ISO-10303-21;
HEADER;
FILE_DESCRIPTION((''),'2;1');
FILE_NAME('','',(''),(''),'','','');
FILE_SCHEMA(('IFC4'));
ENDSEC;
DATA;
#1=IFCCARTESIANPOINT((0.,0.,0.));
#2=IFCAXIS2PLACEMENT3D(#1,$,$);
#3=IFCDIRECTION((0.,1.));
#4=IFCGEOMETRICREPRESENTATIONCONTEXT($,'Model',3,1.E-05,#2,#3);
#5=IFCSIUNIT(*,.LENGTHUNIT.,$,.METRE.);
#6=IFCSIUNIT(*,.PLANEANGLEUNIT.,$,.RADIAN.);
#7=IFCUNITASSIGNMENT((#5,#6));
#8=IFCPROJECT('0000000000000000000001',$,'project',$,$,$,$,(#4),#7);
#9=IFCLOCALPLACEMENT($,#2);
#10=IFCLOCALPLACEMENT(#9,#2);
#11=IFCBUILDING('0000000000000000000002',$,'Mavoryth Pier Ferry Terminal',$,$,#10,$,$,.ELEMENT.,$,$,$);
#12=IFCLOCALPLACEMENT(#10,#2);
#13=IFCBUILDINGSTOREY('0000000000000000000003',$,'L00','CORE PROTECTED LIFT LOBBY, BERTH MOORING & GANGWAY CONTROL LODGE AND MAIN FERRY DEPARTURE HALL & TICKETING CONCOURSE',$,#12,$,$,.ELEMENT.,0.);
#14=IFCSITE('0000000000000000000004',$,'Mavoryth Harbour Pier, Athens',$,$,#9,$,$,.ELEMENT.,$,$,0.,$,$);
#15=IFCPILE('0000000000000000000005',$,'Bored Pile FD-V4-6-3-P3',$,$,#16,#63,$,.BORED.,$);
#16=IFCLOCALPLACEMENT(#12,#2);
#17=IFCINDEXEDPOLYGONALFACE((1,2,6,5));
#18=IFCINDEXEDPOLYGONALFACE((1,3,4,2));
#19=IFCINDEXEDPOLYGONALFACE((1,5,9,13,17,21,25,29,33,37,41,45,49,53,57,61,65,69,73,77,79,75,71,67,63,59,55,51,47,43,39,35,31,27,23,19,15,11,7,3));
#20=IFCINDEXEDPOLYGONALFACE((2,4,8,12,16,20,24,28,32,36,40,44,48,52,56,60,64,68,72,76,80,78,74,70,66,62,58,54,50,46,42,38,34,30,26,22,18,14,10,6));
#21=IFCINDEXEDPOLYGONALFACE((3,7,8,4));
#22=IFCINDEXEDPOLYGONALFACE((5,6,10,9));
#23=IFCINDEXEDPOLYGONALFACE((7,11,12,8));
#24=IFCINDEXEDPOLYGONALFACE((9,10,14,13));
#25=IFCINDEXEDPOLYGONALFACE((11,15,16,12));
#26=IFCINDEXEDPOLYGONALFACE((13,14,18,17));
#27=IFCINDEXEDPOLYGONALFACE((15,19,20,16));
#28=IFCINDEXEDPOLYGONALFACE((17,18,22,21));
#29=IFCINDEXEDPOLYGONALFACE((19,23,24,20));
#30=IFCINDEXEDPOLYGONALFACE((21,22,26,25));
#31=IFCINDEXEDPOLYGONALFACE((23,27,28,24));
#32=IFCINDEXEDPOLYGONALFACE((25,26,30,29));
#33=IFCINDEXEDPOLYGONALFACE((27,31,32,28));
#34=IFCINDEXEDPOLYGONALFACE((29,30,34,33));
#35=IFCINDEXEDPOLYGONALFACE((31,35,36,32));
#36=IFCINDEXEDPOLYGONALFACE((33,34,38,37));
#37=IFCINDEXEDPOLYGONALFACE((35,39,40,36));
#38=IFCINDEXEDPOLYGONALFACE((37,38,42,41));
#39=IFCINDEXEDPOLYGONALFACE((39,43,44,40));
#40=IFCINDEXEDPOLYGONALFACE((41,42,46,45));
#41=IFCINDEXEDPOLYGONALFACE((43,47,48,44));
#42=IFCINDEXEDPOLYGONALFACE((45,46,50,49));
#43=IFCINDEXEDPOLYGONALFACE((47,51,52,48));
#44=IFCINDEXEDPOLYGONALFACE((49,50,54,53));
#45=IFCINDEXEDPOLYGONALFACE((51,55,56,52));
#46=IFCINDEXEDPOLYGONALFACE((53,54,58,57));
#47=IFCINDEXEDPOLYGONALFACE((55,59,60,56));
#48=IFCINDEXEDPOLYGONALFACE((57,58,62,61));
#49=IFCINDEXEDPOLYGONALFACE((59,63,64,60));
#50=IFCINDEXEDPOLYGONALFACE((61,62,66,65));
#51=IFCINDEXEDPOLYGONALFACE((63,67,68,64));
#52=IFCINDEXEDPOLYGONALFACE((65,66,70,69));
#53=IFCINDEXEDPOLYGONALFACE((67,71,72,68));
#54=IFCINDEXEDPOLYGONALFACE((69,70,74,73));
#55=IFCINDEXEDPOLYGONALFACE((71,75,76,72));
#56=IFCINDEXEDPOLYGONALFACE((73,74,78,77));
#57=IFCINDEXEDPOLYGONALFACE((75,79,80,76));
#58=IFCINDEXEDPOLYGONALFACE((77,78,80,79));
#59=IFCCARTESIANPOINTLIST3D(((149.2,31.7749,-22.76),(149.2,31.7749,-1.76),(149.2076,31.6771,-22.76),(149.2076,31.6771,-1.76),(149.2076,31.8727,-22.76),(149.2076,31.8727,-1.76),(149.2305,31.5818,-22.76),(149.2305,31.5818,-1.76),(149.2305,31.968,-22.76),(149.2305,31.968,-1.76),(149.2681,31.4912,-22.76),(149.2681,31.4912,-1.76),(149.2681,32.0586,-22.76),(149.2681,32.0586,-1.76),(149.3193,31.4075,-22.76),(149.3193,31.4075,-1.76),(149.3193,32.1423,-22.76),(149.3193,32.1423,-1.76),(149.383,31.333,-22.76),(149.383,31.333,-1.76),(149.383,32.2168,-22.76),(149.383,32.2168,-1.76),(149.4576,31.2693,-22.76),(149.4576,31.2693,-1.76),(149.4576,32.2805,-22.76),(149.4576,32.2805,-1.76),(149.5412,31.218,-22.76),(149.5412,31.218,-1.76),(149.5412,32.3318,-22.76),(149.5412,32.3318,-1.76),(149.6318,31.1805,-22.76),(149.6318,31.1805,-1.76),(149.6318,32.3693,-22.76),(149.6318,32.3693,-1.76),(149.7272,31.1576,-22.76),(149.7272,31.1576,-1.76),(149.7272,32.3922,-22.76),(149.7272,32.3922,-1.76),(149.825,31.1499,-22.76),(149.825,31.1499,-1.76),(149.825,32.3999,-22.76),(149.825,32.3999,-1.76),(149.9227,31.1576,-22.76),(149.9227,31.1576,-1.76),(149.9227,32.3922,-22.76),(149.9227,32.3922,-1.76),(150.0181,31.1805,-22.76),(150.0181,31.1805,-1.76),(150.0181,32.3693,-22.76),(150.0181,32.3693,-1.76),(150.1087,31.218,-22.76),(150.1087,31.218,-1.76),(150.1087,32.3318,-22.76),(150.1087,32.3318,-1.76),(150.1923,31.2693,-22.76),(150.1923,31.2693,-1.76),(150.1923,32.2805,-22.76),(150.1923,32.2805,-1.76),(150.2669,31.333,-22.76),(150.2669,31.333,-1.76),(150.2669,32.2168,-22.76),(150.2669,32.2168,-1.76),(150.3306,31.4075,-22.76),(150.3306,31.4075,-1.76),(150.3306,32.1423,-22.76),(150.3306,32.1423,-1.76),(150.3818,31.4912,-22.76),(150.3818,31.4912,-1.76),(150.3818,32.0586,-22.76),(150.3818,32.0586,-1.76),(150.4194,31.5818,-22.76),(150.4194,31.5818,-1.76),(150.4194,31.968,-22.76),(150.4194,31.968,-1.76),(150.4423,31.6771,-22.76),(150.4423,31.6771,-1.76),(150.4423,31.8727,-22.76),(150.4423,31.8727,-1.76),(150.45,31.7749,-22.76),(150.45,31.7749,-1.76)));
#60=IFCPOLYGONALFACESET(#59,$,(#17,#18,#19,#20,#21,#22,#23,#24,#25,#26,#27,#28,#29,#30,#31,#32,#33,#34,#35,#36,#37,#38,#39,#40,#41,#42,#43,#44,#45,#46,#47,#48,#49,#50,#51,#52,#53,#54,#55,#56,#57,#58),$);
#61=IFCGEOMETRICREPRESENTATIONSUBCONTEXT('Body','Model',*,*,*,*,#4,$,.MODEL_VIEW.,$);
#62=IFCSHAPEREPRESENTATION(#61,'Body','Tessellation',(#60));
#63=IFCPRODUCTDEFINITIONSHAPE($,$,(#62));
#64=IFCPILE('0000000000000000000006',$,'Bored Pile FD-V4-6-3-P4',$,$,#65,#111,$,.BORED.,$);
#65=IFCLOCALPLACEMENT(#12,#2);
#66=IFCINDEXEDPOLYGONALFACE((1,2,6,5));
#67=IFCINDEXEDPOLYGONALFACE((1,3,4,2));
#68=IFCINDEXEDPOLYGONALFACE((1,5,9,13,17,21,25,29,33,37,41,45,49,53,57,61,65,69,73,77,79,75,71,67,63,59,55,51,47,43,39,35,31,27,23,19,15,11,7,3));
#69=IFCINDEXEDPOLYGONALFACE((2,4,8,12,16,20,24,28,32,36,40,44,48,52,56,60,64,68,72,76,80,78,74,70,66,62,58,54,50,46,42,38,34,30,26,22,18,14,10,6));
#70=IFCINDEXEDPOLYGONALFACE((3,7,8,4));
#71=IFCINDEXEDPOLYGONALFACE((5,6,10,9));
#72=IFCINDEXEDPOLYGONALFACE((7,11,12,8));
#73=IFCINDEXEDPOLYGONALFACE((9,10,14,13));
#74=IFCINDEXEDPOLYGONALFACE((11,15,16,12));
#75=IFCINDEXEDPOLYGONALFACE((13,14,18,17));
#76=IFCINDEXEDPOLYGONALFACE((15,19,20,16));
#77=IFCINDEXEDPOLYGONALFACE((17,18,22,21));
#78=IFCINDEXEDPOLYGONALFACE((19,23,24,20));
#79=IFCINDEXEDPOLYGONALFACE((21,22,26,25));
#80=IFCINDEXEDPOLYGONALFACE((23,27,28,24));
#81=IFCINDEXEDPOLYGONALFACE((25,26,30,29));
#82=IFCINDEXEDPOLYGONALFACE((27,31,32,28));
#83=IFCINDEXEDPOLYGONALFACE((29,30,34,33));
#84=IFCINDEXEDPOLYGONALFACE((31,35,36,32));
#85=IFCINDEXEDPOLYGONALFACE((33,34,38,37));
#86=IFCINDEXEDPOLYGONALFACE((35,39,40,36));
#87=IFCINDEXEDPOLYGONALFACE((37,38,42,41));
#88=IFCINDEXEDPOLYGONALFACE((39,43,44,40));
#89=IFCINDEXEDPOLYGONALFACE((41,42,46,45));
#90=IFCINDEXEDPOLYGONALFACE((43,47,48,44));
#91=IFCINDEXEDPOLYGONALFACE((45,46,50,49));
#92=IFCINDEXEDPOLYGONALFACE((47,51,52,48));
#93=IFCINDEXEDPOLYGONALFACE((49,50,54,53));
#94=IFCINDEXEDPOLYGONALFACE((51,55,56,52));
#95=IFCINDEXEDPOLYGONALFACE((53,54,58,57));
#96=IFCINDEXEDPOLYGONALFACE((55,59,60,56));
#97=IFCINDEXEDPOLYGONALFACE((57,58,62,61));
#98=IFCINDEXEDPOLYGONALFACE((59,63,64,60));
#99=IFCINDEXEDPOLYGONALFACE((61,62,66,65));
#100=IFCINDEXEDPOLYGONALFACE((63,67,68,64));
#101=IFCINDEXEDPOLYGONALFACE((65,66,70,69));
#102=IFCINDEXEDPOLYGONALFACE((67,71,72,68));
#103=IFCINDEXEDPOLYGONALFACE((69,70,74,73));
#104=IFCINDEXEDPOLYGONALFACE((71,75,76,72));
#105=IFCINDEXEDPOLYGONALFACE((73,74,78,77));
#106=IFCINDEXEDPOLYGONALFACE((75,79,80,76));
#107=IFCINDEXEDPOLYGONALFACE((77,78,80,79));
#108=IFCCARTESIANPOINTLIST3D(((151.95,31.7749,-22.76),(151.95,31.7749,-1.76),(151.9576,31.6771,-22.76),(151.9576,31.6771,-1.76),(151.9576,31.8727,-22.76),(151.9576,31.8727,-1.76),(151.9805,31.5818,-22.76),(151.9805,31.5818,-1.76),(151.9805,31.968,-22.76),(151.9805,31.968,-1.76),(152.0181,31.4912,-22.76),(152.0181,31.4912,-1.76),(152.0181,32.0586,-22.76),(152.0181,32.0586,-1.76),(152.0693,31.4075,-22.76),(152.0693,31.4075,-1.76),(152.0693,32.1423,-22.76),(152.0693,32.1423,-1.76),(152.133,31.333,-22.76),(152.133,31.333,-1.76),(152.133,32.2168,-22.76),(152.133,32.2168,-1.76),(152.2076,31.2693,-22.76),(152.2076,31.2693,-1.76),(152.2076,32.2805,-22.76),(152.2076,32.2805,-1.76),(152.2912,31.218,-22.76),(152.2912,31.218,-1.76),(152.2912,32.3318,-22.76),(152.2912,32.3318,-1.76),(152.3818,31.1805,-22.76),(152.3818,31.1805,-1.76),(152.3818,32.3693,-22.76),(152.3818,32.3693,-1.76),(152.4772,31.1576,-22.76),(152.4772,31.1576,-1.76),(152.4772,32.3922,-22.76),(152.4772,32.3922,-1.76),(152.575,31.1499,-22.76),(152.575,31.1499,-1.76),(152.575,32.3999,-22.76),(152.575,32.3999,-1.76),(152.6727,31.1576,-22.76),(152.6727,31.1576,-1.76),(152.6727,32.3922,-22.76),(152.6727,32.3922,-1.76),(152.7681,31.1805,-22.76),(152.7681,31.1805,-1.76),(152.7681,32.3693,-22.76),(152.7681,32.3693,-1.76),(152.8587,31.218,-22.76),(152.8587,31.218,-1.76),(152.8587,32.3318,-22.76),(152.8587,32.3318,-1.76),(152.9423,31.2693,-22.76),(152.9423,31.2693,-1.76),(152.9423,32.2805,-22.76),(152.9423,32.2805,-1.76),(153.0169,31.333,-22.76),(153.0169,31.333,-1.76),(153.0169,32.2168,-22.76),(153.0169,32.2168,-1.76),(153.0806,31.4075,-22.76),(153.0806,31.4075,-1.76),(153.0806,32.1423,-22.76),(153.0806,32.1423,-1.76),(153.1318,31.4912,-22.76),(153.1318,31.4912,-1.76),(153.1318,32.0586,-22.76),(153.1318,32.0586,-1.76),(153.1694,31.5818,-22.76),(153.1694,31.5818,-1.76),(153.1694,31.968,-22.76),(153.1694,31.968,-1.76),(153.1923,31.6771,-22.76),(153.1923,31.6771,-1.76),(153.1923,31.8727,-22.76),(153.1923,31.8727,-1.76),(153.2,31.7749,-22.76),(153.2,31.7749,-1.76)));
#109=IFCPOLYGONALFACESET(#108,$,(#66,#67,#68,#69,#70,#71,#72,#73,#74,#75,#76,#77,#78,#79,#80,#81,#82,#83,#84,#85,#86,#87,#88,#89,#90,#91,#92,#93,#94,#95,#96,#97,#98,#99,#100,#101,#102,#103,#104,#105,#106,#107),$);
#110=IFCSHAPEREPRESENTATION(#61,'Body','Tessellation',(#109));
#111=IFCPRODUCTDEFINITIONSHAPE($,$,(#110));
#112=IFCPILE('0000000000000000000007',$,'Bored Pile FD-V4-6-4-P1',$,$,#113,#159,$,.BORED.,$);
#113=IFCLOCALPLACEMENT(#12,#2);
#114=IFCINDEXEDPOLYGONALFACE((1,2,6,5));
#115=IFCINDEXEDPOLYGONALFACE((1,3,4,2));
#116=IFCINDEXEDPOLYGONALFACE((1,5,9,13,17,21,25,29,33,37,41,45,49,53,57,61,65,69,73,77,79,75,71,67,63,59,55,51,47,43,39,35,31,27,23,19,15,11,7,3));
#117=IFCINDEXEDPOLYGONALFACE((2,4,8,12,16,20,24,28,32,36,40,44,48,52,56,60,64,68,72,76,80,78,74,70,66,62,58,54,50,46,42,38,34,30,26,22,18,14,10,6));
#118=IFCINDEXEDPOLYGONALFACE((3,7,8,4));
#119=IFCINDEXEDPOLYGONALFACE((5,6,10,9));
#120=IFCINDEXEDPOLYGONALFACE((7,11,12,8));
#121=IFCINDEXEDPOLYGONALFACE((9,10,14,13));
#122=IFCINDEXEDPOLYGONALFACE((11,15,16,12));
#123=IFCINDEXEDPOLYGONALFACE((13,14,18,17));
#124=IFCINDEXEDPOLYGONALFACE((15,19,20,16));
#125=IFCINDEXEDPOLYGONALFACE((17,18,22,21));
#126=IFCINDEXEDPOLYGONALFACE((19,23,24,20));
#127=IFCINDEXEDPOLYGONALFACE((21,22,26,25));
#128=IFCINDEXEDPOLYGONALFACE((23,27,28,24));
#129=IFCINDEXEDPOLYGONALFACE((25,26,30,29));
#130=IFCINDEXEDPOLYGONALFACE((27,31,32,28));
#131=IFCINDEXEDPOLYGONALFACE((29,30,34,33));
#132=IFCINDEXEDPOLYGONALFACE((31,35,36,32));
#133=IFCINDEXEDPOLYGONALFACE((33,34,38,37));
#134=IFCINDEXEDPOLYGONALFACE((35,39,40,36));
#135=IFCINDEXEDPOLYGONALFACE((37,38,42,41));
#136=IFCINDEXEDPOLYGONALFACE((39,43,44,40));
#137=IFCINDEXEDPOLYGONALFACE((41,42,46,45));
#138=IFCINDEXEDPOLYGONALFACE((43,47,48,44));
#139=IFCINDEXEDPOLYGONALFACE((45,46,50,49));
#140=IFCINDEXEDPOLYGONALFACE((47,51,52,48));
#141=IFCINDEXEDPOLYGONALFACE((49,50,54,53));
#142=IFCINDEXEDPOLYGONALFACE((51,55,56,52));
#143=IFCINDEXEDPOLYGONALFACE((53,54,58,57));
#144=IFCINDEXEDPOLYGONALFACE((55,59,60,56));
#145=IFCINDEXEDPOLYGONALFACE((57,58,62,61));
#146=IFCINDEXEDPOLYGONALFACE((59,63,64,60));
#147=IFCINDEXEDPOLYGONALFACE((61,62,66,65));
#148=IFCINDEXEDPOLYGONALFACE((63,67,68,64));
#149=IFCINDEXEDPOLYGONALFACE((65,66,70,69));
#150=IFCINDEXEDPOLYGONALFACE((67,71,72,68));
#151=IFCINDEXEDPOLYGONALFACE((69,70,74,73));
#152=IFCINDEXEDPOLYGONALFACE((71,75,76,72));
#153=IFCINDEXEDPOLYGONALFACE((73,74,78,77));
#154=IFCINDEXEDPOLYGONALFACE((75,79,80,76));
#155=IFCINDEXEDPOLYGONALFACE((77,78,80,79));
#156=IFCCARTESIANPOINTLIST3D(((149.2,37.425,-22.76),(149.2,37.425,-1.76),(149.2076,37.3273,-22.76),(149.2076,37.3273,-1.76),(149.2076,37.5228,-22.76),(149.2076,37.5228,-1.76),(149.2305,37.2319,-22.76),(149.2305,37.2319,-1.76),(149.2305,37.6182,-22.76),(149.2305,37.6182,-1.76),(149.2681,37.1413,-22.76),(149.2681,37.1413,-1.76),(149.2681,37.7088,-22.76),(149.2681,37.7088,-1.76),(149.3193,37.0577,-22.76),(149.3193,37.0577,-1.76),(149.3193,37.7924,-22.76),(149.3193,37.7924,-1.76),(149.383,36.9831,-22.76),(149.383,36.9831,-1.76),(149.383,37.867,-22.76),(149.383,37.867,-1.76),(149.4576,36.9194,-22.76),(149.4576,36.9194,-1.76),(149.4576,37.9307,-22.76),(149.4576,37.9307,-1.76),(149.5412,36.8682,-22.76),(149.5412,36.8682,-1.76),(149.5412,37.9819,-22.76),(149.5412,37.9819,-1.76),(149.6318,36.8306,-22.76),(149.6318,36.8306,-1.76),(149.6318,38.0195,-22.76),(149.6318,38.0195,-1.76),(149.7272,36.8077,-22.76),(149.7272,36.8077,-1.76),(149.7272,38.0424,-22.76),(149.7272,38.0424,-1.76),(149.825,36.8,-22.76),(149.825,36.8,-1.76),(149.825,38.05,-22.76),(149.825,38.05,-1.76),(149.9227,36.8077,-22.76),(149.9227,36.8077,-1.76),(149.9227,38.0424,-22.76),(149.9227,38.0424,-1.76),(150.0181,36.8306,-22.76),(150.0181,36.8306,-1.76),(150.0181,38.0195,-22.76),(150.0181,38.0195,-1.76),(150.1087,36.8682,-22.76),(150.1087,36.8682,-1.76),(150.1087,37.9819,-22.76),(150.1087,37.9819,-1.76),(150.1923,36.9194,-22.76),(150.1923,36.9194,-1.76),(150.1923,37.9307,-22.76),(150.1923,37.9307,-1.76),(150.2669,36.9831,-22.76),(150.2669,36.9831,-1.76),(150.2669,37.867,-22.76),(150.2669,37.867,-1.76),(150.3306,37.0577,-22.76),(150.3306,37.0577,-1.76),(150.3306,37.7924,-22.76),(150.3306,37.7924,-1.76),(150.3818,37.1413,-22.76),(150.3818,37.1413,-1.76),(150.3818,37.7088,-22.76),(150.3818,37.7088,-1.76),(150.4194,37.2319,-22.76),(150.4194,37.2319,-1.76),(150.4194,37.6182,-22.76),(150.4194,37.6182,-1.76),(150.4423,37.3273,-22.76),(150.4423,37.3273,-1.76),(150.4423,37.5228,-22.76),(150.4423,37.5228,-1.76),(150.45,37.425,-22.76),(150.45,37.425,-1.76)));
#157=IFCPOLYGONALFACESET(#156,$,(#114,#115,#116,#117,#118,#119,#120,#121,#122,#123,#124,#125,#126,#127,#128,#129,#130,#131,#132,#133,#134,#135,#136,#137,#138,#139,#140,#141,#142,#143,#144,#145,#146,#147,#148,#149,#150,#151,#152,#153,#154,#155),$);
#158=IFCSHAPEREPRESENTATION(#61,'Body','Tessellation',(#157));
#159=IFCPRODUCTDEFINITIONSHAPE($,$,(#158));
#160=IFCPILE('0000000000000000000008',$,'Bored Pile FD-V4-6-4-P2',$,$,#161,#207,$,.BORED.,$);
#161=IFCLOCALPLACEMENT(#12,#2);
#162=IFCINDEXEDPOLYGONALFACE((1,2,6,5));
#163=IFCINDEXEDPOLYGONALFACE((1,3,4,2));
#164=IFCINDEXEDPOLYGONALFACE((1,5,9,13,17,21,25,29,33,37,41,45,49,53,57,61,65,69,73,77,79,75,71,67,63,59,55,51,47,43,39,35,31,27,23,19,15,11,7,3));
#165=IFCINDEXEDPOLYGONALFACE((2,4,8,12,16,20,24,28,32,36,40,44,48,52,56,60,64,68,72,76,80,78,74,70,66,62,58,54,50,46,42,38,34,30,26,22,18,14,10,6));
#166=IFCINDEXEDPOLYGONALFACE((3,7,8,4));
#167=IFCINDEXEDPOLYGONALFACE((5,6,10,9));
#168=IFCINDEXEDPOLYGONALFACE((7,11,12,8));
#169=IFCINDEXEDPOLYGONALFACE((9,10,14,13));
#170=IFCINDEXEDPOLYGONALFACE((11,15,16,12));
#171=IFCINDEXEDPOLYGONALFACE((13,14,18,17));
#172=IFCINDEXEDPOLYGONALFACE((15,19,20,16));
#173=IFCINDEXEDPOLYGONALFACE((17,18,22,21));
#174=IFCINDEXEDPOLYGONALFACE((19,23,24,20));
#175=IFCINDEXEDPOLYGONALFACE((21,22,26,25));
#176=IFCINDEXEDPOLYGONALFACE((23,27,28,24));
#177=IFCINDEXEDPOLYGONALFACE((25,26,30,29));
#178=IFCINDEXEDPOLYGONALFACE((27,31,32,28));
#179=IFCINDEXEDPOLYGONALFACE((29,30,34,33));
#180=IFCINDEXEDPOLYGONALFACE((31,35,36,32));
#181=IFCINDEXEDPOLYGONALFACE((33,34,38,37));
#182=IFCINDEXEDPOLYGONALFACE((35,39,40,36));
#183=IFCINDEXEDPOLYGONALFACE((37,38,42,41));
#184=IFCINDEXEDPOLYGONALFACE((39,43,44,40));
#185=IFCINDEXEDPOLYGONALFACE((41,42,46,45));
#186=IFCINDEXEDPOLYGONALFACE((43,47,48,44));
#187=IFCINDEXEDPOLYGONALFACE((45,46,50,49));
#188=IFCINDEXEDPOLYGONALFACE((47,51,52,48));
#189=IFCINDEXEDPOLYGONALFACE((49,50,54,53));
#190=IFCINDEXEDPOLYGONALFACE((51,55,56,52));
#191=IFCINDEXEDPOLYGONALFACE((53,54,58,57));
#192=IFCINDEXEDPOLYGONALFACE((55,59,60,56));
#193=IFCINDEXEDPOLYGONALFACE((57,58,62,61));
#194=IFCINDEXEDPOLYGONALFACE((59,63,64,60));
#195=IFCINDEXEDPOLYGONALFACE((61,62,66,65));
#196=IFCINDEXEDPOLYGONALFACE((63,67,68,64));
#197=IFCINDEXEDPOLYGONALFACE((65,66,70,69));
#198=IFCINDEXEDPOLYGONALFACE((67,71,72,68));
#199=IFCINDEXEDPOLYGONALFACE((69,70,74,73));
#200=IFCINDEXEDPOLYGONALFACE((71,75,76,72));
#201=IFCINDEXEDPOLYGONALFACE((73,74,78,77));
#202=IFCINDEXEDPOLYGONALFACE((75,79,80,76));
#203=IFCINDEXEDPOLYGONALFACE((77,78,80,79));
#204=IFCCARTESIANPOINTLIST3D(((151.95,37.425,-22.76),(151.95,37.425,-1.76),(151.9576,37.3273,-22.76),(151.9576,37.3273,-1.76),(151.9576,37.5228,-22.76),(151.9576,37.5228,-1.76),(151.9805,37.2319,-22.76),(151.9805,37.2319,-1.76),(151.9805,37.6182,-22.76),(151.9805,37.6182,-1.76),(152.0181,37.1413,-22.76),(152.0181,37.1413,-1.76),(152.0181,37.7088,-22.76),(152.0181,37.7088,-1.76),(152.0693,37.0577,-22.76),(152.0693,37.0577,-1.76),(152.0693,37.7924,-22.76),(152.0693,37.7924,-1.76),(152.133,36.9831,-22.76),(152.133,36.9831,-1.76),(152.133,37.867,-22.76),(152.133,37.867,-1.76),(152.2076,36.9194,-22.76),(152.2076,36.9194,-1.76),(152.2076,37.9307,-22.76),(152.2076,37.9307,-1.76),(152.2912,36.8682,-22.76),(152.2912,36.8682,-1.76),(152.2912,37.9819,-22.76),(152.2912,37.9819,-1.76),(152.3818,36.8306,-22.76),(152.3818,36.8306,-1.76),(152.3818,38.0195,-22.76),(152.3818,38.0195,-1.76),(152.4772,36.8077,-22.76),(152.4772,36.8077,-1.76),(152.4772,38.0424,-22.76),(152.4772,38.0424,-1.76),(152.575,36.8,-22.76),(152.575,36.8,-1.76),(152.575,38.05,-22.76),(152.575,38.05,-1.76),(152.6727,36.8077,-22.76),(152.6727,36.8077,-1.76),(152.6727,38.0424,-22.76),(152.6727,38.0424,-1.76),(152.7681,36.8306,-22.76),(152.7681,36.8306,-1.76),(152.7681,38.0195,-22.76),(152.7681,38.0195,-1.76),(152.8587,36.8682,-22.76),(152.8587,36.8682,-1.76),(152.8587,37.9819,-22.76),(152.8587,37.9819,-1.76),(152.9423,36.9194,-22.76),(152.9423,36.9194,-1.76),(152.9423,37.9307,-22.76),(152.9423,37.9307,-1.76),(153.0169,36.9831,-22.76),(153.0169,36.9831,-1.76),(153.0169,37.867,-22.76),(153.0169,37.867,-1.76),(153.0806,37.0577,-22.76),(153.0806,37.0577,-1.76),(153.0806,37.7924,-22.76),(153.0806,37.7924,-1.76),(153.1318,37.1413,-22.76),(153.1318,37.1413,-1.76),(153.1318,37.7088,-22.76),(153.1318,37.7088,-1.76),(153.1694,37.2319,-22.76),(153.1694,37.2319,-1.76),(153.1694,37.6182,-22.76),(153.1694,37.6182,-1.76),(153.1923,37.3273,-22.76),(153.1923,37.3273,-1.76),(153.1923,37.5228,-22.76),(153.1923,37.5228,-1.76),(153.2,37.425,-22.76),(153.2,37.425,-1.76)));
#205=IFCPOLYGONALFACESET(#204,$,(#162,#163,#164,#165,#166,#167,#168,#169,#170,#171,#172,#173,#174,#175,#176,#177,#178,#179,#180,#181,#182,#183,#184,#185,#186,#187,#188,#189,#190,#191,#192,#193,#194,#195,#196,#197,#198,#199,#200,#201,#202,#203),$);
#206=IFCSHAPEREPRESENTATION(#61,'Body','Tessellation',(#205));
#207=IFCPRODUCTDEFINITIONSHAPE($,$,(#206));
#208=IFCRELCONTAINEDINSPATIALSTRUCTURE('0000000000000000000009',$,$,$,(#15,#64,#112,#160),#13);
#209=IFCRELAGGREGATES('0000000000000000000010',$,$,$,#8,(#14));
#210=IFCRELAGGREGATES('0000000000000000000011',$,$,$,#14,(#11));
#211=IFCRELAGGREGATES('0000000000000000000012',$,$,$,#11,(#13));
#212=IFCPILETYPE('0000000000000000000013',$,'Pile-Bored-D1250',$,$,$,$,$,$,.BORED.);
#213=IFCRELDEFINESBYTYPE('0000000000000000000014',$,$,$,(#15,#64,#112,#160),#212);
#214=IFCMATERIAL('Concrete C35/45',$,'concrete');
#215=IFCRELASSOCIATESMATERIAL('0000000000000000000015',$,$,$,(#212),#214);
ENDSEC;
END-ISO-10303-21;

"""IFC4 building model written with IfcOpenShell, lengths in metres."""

from ifc_helpers import new_model, si_unit, direction, frame, origin, origin_2d, place, context, subcontext, project, spatial, circle, extrude, material, material_profile, profile_set, type_object, element, save


model = new_model("IFC4")

# Units and contexts
model_context = context("Model", 3, precision=1e-05, world=origin(), true_north=direction((0.0, 1.0)))
body_context = subcontext(model_context, "Body", "Model", "MODEL_VIEW")
ifc_project = project(units=[si_unit("LENGTHUNIT", "METRE"), si_unit("PLANEANGLEUNIT", "RADIAN")], contexts=[model_context])

# Site, building, storey
site_placement = place(None, origin())
site = spatial("IfcSite", under=ifc_project, at=site_placement, Name="Mavoryth Harbour Pier, Athens", CompositionType="ELEMENT", RefElevation=0.0)
building_placement = place(site_placement, origin())
building = spatial("IfcBuilding", under=site, at=building_placement, Name="Mavoryth Pier Ferry Terminal", CompositionType="ELEMENT")
storey_placement = place(building_placement, origin())
storey = spatial("IfcBuildingStorey", under=building, at=storey_placement, Name="L00", Description="CORE PROTECTED LIFT LOBBY, BERTH MOORING & GANGWAY CONTROL LODGE AND MAIN FERRY DEPARTURE HALL & TICKETING CONCOURSE", CompositionType="ELEMENT", Elevation=0.0)

# Shared definitions
ifc_material_1 = material(Name="Concrete C35/45", Category="concrete")

# Piles
ifc_material_profile_1 = material_profile(ifc_material_1, circle(Radius=0.625, at=origin_2d()), Name="PILE D1250", Category="concrete")
ifc_profile_set_1 = profile_set([ifc_material_profile_1], Name="Concrete C35/45 - PILE D1250")
pile_type = type_object("IfcPileType", Name="Pile-Bored-D1250", PredefinedType="BORED", material=ifc_profile_set_1)
for number, where, z_axis, x_axis, name in (
    (1, (149.825, 31.7749, -1.76), (0.0, 0.0, -1.0), (1.0, 0.0, 0.0), "Bored Pile FD-V4-6-3-P3"),
    (2, (152.575, 31.7749, -1.76), (0.0, 0.0, -1.0), (1.0, 0.0, 0.0), "Bored Pile FD-V4-6-3-P4"),
    (3, (149.825, 37.425, -1.76), (0.0, 0.0, -1.0), (1.0, 0.0, 0.0), "Bored Pile FD-V4-6-4-P1"),
    (4, (152.575, 37.425, -1.76), (0.0, 0.0, -1.0), (1.0, 0.0, 0.0), "Bored Pile FD-V4-6-4-P2"),
):
    element("IfcPile", number, at=place(storey_placement, frame(where, z_axis=z_axis, x_axis=x_axis)), inside=storey, type_object=pile_type, Name=name, PredefinedType="BORED", context=body_context, shape_type="SweptSolid", body=[
        extrude(circle(Radius=0.625, at=origin_2d()), origin(), (0.0, 0.0, 1.0), 21.0),
    ])

save(model, "model.ifc")
